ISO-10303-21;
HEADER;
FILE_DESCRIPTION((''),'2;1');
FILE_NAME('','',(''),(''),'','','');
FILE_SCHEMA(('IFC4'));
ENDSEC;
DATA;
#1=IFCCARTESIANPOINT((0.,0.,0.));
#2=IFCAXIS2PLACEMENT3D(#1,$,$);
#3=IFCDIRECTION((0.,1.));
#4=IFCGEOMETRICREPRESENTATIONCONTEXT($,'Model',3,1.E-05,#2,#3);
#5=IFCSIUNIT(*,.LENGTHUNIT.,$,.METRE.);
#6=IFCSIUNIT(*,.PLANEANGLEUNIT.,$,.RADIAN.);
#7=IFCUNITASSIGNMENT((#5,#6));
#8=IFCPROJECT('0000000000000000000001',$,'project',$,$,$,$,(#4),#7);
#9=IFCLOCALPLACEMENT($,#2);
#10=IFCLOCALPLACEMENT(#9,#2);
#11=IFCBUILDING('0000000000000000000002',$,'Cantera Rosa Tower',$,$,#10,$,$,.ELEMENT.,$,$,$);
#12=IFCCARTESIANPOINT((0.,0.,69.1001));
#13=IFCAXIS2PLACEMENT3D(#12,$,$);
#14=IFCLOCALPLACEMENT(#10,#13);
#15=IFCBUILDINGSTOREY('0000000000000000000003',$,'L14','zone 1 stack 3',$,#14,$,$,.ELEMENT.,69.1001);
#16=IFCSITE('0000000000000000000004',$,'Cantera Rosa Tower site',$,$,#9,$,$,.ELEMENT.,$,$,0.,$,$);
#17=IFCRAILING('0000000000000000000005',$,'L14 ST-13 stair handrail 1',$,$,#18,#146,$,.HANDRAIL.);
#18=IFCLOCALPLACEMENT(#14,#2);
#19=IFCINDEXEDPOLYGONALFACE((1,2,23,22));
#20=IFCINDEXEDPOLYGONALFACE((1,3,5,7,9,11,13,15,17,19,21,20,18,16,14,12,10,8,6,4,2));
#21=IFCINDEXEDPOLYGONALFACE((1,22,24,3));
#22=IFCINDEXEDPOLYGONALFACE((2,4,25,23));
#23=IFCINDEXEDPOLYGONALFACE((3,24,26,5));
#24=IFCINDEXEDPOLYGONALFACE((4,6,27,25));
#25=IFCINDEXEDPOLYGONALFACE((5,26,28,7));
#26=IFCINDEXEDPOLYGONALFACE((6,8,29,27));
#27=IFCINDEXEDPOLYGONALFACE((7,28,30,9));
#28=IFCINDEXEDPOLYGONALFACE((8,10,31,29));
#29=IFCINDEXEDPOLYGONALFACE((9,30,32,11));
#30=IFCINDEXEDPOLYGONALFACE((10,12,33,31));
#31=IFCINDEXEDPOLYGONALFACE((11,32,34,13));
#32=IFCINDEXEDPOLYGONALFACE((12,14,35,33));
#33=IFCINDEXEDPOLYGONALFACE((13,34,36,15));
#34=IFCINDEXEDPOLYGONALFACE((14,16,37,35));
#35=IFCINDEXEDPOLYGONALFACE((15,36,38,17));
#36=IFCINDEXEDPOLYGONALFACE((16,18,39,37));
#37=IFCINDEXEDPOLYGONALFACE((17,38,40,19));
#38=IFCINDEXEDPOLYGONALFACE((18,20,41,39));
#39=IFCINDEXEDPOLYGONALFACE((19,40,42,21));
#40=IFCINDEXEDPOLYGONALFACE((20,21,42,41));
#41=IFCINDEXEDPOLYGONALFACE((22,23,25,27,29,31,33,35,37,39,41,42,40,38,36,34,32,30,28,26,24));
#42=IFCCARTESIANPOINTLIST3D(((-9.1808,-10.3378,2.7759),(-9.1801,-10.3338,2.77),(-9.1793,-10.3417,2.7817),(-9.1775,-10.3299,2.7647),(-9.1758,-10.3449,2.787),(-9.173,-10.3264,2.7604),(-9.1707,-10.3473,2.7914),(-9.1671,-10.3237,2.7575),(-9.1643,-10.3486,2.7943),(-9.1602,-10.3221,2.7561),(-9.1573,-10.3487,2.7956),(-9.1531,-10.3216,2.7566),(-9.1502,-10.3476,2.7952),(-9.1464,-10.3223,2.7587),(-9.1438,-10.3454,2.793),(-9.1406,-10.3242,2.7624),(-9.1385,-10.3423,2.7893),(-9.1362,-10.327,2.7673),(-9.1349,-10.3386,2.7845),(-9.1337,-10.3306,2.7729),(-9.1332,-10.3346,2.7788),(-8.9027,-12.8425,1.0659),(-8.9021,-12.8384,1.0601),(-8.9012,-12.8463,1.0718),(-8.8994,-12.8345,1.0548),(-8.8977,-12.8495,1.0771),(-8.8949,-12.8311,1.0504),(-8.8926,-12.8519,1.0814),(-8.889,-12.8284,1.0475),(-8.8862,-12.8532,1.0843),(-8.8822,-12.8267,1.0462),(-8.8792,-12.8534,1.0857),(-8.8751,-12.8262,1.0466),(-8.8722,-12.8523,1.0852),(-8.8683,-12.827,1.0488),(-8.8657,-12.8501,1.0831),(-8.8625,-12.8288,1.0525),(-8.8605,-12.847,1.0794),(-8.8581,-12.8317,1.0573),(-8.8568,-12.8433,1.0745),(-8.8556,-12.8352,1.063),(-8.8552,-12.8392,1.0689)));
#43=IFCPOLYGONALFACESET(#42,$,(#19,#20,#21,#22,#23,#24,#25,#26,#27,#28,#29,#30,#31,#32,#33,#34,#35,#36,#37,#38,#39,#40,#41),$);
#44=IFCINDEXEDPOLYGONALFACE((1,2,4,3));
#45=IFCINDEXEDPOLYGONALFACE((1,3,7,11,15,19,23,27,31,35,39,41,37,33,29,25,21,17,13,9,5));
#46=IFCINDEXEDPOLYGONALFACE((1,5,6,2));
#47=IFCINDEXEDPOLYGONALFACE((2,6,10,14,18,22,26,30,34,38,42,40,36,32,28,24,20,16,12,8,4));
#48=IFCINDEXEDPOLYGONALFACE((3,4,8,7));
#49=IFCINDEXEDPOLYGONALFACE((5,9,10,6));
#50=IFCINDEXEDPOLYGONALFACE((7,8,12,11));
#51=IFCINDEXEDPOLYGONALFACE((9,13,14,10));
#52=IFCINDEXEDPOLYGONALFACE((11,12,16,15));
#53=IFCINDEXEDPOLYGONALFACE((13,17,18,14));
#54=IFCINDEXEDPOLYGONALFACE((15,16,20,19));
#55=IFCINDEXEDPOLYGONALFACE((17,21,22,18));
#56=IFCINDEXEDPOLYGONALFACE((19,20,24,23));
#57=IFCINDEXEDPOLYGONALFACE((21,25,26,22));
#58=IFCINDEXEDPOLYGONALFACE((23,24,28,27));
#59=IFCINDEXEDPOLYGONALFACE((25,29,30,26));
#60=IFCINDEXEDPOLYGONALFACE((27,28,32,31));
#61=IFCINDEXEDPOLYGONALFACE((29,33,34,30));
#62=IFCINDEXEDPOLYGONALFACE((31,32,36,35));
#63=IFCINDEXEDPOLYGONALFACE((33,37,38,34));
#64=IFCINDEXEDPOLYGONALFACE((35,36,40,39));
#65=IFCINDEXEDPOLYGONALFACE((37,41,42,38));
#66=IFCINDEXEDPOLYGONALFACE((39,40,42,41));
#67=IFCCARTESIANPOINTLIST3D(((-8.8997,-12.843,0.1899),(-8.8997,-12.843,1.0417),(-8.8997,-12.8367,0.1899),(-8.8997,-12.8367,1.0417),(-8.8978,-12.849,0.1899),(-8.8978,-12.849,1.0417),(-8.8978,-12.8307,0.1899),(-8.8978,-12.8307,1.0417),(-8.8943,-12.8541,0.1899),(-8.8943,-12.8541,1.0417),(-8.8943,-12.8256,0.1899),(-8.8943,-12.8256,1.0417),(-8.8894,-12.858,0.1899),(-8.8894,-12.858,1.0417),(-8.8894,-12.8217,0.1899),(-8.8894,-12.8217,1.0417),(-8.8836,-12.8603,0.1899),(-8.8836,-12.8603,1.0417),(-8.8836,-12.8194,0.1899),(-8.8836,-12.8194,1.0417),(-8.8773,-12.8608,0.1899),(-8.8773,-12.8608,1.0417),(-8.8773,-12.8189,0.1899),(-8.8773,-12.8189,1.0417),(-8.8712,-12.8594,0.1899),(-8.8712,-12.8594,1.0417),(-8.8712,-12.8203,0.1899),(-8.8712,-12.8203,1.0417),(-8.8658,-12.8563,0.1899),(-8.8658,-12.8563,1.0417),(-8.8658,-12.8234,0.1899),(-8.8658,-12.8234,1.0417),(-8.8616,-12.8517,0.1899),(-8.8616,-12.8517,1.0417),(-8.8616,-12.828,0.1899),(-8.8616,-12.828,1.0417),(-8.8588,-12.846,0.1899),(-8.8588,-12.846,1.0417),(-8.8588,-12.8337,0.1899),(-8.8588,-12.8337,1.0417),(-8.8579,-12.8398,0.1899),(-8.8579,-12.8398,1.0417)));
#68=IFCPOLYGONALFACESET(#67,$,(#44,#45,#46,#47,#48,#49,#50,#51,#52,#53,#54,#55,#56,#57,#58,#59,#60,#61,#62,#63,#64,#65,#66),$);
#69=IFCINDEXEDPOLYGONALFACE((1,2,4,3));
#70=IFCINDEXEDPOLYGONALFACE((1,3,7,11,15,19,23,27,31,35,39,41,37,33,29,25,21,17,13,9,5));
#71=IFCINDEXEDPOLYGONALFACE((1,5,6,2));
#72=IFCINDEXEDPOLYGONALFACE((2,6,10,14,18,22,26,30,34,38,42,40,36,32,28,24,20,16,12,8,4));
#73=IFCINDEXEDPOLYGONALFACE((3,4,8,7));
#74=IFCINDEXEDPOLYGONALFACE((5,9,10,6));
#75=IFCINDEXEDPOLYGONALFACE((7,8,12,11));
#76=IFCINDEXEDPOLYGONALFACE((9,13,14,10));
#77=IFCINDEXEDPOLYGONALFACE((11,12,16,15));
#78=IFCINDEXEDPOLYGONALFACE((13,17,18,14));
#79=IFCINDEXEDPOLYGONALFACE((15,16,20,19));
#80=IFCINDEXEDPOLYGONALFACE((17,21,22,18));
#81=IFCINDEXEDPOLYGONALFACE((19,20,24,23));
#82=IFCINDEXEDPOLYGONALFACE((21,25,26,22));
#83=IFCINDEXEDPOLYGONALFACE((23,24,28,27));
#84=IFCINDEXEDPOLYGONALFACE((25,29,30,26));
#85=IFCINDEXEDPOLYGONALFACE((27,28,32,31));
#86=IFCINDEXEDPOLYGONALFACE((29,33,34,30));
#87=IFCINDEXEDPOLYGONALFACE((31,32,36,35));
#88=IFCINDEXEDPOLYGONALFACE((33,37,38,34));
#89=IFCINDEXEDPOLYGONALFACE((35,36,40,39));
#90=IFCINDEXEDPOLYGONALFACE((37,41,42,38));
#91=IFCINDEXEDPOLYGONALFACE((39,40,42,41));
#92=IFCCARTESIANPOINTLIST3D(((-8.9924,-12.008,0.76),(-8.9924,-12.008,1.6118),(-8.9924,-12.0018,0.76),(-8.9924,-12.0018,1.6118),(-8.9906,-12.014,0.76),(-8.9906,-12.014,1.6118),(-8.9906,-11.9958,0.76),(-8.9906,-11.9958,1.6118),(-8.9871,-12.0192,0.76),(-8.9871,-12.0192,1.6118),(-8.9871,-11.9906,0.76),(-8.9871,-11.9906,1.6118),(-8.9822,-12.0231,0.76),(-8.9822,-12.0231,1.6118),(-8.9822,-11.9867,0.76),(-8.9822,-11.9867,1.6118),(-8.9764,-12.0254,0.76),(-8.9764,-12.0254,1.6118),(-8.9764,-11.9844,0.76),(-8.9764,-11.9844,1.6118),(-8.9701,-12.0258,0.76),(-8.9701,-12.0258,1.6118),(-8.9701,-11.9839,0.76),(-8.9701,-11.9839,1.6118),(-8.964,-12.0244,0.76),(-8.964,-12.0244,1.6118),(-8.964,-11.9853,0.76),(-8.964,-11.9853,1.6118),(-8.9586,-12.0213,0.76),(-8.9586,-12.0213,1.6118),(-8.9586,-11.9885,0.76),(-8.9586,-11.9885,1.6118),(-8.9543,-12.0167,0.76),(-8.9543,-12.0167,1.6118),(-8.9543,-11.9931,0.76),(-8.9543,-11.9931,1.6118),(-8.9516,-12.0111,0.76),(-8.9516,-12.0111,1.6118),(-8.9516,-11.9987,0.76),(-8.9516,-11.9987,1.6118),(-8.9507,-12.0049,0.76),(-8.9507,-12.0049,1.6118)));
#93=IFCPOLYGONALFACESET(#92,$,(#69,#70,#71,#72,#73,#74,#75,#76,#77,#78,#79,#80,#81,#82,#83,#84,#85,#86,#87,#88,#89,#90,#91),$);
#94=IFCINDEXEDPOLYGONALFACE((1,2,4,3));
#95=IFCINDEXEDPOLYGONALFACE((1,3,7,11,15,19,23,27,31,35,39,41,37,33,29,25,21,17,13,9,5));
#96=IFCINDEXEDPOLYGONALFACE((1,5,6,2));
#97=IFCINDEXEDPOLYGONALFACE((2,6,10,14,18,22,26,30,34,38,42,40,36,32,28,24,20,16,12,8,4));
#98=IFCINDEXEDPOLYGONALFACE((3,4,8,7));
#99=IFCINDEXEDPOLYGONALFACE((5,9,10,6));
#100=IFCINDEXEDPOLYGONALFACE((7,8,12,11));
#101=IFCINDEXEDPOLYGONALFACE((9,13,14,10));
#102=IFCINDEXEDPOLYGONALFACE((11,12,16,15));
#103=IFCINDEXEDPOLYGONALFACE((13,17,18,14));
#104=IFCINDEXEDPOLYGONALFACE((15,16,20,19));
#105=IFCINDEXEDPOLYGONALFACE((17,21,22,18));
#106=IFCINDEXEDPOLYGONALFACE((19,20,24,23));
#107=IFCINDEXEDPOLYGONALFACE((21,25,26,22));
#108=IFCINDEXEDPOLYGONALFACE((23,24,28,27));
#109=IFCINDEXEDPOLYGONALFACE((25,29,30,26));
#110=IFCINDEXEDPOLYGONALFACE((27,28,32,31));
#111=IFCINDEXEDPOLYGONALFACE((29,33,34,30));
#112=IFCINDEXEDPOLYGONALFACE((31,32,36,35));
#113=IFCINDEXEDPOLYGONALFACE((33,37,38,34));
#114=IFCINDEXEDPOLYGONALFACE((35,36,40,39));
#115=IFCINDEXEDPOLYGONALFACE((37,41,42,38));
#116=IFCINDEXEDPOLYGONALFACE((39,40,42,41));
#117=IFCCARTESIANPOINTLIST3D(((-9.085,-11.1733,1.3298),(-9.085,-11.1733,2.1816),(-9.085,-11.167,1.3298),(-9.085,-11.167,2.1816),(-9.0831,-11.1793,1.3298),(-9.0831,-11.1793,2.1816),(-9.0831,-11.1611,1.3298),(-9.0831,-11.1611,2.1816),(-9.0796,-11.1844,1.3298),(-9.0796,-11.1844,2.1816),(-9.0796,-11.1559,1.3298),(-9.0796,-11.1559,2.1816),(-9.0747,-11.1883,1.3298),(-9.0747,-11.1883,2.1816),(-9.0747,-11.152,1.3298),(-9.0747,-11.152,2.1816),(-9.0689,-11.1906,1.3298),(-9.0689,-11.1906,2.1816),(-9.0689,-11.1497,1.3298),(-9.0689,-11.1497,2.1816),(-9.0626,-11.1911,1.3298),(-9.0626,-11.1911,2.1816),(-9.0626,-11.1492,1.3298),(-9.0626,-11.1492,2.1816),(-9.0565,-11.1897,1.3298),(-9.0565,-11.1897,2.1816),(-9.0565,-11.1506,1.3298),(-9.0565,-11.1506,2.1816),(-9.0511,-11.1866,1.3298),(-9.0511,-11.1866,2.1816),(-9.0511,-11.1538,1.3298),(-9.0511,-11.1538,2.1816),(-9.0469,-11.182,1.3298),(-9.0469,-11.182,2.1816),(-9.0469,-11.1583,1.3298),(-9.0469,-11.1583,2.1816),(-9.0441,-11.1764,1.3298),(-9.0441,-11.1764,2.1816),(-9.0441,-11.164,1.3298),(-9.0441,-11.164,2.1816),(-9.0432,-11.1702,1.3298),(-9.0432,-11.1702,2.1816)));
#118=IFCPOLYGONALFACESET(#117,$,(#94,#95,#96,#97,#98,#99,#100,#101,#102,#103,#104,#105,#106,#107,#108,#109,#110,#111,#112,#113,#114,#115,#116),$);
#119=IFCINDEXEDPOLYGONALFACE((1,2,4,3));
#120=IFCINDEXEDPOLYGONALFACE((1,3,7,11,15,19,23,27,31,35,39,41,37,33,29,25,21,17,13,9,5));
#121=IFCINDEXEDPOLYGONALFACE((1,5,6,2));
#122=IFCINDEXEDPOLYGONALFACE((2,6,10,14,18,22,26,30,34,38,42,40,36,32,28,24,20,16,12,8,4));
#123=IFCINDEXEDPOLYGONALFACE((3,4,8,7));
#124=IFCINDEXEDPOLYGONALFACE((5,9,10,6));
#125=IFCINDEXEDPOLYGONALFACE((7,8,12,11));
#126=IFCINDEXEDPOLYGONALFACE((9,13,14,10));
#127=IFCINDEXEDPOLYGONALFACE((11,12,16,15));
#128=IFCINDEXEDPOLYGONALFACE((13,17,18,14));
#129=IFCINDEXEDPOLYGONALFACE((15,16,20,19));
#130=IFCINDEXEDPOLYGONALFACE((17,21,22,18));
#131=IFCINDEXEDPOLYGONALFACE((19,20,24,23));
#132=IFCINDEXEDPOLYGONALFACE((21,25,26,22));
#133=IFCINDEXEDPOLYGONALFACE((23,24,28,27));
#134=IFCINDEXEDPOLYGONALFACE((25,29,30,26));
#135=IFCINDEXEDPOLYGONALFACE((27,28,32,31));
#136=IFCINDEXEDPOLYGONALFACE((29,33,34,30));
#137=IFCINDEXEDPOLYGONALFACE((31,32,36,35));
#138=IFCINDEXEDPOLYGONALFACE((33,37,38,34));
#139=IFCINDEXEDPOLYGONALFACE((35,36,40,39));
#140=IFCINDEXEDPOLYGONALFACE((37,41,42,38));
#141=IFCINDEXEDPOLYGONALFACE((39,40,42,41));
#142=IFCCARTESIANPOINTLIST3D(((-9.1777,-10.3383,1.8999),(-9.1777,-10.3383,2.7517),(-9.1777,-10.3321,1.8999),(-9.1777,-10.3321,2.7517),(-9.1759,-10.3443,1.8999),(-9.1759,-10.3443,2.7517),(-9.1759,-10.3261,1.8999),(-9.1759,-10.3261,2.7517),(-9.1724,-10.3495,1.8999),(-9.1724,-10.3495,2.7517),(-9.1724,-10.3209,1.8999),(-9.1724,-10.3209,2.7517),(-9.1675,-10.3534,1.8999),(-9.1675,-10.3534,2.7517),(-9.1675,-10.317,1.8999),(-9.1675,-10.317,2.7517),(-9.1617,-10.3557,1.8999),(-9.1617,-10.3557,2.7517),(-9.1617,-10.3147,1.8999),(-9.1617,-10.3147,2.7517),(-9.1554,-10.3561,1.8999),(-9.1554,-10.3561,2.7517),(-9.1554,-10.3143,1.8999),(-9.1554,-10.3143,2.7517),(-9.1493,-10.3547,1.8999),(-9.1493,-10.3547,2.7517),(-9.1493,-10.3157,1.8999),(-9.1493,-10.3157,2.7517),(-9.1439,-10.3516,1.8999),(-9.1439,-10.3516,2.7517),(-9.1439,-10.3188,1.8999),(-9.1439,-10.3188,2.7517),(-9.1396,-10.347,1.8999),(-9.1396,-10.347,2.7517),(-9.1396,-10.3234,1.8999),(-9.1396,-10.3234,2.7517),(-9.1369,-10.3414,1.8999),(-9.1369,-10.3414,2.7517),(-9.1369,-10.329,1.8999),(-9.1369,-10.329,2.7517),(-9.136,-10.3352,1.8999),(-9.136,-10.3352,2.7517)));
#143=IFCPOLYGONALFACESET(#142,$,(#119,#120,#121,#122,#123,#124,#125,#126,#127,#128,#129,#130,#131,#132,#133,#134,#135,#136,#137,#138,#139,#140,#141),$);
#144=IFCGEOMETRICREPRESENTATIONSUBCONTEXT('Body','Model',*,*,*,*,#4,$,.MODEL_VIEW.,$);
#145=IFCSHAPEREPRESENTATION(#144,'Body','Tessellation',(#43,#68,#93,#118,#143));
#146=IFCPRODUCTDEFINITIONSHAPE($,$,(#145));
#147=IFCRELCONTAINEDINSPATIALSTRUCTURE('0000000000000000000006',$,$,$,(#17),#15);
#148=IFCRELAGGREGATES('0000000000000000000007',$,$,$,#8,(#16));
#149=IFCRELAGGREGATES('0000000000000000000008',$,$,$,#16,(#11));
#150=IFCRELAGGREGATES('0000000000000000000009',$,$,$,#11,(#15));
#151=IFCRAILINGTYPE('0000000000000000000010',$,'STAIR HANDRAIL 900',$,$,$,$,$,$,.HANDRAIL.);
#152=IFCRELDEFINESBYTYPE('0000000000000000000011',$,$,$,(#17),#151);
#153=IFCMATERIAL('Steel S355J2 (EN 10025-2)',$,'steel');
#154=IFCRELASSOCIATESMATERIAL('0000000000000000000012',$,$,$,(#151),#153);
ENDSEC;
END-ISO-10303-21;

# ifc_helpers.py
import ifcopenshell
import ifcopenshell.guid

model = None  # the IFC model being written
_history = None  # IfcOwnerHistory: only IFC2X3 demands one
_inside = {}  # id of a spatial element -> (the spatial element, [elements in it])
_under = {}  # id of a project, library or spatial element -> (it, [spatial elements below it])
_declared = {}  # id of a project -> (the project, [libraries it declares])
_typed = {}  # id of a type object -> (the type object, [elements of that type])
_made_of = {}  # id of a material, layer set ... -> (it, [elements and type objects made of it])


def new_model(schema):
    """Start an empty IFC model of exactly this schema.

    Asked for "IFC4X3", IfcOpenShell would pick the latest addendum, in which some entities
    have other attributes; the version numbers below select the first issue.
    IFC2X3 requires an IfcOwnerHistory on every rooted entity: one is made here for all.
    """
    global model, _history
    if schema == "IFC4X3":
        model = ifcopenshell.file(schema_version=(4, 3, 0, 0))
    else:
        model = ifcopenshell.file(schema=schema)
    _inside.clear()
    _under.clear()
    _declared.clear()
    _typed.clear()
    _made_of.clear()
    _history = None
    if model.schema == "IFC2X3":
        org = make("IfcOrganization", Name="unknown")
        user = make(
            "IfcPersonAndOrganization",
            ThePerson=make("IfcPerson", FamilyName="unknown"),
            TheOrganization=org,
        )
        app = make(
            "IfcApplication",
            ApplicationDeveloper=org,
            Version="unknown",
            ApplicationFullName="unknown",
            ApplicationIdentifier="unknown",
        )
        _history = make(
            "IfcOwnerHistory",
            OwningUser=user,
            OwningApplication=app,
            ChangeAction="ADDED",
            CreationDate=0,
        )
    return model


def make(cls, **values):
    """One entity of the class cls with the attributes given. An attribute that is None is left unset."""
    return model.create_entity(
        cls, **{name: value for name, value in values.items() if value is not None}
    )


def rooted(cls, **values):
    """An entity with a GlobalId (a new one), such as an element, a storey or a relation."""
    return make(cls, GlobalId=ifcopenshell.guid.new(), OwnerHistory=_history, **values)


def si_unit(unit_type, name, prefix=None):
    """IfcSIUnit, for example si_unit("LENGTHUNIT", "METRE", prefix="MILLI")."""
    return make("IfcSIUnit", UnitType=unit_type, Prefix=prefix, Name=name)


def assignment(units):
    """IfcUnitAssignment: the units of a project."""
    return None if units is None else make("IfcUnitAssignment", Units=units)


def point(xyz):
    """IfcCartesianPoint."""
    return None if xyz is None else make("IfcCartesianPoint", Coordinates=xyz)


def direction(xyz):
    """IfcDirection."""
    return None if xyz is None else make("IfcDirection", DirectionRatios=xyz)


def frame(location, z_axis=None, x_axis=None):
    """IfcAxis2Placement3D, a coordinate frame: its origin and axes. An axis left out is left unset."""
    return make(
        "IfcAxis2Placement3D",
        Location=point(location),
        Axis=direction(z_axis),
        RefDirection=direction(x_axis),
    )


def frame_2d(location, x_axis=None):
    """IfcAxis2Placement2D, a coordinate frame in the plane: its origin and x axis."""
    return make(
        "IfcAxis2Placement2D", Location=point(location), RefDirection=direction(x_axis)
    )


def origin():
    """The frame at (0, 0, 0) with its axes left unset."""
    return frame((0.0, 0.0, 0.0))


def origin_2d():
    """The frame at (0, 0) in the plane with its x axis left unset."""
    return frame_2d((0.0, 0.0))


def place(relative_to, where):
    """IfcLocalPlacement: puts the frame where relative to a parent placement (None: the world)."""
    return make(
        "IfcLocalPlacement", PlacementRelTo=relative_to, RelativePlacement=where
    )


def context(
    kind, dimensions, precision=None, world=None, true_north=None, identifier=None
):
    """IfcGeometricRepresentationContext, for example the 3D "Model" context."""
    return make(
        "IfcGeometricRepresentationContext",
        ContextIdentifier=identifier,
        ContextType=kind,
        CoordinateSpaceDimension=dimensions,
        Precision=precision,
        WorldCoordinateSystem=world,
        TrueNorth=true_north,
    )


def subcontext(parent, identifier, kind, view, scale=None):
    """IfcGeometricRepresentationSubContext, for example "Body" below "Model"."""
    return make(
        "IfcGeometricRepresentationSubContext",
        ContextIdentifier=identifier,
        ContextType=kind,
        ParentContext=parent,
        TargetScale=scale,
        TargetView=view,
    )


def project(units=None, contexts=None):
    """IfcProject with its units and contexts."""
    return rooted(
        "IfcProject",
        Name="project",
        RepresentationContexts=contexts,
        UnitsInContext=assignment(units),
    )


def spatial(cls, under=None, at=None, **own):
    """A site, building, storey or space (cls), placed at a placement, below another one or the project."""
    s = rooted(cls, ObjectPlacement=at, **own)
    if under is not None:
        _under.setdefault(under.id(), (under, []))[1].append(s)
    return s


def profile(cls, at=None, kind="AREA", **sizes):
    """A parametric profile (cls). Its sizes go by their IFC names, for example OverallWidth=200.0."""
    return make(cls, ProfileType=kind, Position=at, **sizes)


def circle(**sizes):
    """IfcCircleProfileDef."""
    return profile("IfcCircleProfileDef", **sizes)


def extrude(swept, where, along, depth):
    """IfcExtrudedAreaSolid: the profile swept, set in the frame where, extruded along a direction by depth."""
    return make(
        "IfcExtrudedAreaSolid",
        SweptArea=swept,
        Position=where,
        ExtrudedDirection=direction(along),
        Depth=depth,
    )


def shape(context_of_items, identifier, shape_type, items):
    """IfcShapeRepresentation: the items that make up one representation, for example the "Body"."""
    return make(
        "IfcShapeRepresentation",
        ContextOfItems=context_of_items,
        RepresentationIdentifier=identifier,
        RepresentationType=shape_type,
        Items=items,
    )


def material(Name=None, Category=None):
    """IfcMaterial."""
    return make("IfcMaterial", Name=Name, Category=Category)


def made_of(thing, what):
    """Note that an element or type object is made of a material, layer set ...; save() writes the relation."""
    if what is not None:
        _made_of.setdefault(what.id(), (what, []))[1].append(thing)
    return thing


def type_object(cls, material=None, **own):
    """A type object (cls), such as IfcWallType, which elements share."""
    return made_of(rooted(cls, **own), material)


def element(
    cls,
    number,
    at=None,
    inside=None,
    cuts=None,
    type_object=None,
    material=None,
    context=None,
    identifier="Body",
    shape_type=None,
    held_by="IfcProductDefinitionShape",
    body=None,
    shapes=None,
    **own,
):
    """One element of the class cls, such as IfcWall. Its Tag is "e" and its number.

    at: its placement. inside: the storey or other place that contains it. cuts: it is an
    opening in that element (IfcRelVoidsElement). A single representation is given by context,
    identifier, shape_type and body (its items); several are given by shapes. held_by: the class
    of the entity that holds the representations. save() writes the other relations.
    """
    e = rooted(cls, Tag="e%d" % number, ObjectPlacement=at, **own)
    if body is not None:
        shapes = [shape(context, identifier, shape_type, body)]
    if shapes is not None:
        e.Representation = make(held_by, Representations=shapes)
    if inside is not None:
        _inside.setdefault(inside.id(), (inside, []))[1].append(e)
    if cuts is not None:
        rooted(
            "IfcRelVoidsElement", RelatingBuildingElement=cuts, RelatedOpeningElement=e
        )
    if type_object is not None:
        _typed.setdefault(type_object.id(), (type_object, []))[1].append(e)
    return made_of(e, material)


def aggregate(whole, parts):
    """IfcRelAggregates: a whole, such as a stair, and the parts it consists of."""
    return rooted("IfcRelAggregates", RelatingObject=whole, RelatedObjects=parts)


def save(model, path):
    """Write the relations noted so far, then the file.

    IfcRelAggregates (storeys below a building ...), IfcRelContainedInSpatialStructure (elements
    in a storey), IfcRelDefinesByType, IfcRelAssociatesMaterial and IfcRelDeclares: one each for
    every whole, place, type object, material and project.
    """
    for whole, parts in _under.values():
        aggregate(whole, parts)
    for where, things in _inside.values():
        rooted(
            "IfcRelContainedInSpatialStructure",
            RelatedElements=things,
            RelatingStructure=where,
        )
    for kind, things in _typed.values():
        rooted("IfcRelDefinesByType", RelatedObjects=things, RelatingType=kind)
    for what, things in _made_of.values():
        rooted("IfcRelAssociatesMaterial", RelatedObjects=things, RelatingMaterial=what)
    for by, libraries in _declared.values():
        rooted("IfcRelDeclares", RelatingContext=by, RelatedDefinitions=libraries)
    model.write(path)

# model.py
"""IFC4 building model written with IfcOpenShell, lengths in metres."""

from ifc_helpers import new_model, si_unit, direction, frame, origin, origin_2d, place, context, subcontext, project, spatial, circle, extrude, material, type_object, element, save


model = new_model("IFC4")

# Units and contexts
model_context = context("Model", 3, precision=1e-05, world=origin(), true_north=direction((0.0, 1.0)))
body_context = subcontext(model_context, "Body", "Model", "MODEL_VIEW")
ifc_project = project(units=[si_unit("LENGTHUNIT", "METRE"), si_unit("PLANEANGLEUNIT", "RADIAN")], contexts=[model_context])

# Site, building, storey
site_placement = place(None, origin())
site = spatial("IfcSite", under=ifc_project, at=site_placement, Name="Cantera Rosa Tower site", CompositionType="ELEMENT", RefElevation=0.0)
building_placement = place(site_placement, origin())
building = spatial("IfcBuilding", under=site, at=building_placement, Name="Cantera Rosa Tower", CompositionType="ELEMENT")
storey_placement = place(building_placement, frame((0.0, 0.0, 69.1001)))
storey = spatial("IfcBuildingStorey", under=building, at=storey_placement, Name="L14", Description="zone 1 stack 3", CompositionType="ELEMENT", Elevation=69.1001)

# Railing
ifc_material_1 = material(Name="Steel S355J2 (EN 10025-2)", Category="steel")
railing_type_1 = type_object("IfcRailingType", Name="STAIR HANDRAIL 900", PredefinedType="HANDRAIL", material=ifc_material_1)
railing_1_placement = place(storey_placement, frame((-8.8789, -12.8398, 0.1899)))
element("IfcRailing", 1, at=railing_1_placement, inside=storey, type_object=railing_type_1, Name="L14 ST-13 stair handrail 1", PredefinedType="HANDRAIL", context=body_context, shape_type="SweptSolid", body=[
    extrude(circle(Radius=0.0239, at=origin_2d()), frame((0.0, 0.0, 0.876), z_axis=(-0.09131, 0.822431, 0.561488), x_axis=(-0.993893, -0.110346, 0.0)), (0.0, 0.0, 1.0), 3.0454),
    extrude(circle(Radius=0.021, at=origin_2d()), origin(), (0.0, 0.0, 1.0), 0.8518),
    extrude(circle(Radius=0.021, at=origin_2d()), frame((-0.0928, 0.835, 0.5701)), (0.0, 0.0, 1.0), 0.8518),
    extrude(circle(Radius=0.021, at=origin_2d()), frame((-0.1853, 1.6697, 1.1399)), (0.0, 0.0, 1.0), 0.8518),
    extrude(circle(Radius=0.021, at=origin_2d()), frame((-0.2781, 2.5046, 1.71)), (0.0, 0.0, 1.0), 0.8518),
])

save(model, "model.ifc")
